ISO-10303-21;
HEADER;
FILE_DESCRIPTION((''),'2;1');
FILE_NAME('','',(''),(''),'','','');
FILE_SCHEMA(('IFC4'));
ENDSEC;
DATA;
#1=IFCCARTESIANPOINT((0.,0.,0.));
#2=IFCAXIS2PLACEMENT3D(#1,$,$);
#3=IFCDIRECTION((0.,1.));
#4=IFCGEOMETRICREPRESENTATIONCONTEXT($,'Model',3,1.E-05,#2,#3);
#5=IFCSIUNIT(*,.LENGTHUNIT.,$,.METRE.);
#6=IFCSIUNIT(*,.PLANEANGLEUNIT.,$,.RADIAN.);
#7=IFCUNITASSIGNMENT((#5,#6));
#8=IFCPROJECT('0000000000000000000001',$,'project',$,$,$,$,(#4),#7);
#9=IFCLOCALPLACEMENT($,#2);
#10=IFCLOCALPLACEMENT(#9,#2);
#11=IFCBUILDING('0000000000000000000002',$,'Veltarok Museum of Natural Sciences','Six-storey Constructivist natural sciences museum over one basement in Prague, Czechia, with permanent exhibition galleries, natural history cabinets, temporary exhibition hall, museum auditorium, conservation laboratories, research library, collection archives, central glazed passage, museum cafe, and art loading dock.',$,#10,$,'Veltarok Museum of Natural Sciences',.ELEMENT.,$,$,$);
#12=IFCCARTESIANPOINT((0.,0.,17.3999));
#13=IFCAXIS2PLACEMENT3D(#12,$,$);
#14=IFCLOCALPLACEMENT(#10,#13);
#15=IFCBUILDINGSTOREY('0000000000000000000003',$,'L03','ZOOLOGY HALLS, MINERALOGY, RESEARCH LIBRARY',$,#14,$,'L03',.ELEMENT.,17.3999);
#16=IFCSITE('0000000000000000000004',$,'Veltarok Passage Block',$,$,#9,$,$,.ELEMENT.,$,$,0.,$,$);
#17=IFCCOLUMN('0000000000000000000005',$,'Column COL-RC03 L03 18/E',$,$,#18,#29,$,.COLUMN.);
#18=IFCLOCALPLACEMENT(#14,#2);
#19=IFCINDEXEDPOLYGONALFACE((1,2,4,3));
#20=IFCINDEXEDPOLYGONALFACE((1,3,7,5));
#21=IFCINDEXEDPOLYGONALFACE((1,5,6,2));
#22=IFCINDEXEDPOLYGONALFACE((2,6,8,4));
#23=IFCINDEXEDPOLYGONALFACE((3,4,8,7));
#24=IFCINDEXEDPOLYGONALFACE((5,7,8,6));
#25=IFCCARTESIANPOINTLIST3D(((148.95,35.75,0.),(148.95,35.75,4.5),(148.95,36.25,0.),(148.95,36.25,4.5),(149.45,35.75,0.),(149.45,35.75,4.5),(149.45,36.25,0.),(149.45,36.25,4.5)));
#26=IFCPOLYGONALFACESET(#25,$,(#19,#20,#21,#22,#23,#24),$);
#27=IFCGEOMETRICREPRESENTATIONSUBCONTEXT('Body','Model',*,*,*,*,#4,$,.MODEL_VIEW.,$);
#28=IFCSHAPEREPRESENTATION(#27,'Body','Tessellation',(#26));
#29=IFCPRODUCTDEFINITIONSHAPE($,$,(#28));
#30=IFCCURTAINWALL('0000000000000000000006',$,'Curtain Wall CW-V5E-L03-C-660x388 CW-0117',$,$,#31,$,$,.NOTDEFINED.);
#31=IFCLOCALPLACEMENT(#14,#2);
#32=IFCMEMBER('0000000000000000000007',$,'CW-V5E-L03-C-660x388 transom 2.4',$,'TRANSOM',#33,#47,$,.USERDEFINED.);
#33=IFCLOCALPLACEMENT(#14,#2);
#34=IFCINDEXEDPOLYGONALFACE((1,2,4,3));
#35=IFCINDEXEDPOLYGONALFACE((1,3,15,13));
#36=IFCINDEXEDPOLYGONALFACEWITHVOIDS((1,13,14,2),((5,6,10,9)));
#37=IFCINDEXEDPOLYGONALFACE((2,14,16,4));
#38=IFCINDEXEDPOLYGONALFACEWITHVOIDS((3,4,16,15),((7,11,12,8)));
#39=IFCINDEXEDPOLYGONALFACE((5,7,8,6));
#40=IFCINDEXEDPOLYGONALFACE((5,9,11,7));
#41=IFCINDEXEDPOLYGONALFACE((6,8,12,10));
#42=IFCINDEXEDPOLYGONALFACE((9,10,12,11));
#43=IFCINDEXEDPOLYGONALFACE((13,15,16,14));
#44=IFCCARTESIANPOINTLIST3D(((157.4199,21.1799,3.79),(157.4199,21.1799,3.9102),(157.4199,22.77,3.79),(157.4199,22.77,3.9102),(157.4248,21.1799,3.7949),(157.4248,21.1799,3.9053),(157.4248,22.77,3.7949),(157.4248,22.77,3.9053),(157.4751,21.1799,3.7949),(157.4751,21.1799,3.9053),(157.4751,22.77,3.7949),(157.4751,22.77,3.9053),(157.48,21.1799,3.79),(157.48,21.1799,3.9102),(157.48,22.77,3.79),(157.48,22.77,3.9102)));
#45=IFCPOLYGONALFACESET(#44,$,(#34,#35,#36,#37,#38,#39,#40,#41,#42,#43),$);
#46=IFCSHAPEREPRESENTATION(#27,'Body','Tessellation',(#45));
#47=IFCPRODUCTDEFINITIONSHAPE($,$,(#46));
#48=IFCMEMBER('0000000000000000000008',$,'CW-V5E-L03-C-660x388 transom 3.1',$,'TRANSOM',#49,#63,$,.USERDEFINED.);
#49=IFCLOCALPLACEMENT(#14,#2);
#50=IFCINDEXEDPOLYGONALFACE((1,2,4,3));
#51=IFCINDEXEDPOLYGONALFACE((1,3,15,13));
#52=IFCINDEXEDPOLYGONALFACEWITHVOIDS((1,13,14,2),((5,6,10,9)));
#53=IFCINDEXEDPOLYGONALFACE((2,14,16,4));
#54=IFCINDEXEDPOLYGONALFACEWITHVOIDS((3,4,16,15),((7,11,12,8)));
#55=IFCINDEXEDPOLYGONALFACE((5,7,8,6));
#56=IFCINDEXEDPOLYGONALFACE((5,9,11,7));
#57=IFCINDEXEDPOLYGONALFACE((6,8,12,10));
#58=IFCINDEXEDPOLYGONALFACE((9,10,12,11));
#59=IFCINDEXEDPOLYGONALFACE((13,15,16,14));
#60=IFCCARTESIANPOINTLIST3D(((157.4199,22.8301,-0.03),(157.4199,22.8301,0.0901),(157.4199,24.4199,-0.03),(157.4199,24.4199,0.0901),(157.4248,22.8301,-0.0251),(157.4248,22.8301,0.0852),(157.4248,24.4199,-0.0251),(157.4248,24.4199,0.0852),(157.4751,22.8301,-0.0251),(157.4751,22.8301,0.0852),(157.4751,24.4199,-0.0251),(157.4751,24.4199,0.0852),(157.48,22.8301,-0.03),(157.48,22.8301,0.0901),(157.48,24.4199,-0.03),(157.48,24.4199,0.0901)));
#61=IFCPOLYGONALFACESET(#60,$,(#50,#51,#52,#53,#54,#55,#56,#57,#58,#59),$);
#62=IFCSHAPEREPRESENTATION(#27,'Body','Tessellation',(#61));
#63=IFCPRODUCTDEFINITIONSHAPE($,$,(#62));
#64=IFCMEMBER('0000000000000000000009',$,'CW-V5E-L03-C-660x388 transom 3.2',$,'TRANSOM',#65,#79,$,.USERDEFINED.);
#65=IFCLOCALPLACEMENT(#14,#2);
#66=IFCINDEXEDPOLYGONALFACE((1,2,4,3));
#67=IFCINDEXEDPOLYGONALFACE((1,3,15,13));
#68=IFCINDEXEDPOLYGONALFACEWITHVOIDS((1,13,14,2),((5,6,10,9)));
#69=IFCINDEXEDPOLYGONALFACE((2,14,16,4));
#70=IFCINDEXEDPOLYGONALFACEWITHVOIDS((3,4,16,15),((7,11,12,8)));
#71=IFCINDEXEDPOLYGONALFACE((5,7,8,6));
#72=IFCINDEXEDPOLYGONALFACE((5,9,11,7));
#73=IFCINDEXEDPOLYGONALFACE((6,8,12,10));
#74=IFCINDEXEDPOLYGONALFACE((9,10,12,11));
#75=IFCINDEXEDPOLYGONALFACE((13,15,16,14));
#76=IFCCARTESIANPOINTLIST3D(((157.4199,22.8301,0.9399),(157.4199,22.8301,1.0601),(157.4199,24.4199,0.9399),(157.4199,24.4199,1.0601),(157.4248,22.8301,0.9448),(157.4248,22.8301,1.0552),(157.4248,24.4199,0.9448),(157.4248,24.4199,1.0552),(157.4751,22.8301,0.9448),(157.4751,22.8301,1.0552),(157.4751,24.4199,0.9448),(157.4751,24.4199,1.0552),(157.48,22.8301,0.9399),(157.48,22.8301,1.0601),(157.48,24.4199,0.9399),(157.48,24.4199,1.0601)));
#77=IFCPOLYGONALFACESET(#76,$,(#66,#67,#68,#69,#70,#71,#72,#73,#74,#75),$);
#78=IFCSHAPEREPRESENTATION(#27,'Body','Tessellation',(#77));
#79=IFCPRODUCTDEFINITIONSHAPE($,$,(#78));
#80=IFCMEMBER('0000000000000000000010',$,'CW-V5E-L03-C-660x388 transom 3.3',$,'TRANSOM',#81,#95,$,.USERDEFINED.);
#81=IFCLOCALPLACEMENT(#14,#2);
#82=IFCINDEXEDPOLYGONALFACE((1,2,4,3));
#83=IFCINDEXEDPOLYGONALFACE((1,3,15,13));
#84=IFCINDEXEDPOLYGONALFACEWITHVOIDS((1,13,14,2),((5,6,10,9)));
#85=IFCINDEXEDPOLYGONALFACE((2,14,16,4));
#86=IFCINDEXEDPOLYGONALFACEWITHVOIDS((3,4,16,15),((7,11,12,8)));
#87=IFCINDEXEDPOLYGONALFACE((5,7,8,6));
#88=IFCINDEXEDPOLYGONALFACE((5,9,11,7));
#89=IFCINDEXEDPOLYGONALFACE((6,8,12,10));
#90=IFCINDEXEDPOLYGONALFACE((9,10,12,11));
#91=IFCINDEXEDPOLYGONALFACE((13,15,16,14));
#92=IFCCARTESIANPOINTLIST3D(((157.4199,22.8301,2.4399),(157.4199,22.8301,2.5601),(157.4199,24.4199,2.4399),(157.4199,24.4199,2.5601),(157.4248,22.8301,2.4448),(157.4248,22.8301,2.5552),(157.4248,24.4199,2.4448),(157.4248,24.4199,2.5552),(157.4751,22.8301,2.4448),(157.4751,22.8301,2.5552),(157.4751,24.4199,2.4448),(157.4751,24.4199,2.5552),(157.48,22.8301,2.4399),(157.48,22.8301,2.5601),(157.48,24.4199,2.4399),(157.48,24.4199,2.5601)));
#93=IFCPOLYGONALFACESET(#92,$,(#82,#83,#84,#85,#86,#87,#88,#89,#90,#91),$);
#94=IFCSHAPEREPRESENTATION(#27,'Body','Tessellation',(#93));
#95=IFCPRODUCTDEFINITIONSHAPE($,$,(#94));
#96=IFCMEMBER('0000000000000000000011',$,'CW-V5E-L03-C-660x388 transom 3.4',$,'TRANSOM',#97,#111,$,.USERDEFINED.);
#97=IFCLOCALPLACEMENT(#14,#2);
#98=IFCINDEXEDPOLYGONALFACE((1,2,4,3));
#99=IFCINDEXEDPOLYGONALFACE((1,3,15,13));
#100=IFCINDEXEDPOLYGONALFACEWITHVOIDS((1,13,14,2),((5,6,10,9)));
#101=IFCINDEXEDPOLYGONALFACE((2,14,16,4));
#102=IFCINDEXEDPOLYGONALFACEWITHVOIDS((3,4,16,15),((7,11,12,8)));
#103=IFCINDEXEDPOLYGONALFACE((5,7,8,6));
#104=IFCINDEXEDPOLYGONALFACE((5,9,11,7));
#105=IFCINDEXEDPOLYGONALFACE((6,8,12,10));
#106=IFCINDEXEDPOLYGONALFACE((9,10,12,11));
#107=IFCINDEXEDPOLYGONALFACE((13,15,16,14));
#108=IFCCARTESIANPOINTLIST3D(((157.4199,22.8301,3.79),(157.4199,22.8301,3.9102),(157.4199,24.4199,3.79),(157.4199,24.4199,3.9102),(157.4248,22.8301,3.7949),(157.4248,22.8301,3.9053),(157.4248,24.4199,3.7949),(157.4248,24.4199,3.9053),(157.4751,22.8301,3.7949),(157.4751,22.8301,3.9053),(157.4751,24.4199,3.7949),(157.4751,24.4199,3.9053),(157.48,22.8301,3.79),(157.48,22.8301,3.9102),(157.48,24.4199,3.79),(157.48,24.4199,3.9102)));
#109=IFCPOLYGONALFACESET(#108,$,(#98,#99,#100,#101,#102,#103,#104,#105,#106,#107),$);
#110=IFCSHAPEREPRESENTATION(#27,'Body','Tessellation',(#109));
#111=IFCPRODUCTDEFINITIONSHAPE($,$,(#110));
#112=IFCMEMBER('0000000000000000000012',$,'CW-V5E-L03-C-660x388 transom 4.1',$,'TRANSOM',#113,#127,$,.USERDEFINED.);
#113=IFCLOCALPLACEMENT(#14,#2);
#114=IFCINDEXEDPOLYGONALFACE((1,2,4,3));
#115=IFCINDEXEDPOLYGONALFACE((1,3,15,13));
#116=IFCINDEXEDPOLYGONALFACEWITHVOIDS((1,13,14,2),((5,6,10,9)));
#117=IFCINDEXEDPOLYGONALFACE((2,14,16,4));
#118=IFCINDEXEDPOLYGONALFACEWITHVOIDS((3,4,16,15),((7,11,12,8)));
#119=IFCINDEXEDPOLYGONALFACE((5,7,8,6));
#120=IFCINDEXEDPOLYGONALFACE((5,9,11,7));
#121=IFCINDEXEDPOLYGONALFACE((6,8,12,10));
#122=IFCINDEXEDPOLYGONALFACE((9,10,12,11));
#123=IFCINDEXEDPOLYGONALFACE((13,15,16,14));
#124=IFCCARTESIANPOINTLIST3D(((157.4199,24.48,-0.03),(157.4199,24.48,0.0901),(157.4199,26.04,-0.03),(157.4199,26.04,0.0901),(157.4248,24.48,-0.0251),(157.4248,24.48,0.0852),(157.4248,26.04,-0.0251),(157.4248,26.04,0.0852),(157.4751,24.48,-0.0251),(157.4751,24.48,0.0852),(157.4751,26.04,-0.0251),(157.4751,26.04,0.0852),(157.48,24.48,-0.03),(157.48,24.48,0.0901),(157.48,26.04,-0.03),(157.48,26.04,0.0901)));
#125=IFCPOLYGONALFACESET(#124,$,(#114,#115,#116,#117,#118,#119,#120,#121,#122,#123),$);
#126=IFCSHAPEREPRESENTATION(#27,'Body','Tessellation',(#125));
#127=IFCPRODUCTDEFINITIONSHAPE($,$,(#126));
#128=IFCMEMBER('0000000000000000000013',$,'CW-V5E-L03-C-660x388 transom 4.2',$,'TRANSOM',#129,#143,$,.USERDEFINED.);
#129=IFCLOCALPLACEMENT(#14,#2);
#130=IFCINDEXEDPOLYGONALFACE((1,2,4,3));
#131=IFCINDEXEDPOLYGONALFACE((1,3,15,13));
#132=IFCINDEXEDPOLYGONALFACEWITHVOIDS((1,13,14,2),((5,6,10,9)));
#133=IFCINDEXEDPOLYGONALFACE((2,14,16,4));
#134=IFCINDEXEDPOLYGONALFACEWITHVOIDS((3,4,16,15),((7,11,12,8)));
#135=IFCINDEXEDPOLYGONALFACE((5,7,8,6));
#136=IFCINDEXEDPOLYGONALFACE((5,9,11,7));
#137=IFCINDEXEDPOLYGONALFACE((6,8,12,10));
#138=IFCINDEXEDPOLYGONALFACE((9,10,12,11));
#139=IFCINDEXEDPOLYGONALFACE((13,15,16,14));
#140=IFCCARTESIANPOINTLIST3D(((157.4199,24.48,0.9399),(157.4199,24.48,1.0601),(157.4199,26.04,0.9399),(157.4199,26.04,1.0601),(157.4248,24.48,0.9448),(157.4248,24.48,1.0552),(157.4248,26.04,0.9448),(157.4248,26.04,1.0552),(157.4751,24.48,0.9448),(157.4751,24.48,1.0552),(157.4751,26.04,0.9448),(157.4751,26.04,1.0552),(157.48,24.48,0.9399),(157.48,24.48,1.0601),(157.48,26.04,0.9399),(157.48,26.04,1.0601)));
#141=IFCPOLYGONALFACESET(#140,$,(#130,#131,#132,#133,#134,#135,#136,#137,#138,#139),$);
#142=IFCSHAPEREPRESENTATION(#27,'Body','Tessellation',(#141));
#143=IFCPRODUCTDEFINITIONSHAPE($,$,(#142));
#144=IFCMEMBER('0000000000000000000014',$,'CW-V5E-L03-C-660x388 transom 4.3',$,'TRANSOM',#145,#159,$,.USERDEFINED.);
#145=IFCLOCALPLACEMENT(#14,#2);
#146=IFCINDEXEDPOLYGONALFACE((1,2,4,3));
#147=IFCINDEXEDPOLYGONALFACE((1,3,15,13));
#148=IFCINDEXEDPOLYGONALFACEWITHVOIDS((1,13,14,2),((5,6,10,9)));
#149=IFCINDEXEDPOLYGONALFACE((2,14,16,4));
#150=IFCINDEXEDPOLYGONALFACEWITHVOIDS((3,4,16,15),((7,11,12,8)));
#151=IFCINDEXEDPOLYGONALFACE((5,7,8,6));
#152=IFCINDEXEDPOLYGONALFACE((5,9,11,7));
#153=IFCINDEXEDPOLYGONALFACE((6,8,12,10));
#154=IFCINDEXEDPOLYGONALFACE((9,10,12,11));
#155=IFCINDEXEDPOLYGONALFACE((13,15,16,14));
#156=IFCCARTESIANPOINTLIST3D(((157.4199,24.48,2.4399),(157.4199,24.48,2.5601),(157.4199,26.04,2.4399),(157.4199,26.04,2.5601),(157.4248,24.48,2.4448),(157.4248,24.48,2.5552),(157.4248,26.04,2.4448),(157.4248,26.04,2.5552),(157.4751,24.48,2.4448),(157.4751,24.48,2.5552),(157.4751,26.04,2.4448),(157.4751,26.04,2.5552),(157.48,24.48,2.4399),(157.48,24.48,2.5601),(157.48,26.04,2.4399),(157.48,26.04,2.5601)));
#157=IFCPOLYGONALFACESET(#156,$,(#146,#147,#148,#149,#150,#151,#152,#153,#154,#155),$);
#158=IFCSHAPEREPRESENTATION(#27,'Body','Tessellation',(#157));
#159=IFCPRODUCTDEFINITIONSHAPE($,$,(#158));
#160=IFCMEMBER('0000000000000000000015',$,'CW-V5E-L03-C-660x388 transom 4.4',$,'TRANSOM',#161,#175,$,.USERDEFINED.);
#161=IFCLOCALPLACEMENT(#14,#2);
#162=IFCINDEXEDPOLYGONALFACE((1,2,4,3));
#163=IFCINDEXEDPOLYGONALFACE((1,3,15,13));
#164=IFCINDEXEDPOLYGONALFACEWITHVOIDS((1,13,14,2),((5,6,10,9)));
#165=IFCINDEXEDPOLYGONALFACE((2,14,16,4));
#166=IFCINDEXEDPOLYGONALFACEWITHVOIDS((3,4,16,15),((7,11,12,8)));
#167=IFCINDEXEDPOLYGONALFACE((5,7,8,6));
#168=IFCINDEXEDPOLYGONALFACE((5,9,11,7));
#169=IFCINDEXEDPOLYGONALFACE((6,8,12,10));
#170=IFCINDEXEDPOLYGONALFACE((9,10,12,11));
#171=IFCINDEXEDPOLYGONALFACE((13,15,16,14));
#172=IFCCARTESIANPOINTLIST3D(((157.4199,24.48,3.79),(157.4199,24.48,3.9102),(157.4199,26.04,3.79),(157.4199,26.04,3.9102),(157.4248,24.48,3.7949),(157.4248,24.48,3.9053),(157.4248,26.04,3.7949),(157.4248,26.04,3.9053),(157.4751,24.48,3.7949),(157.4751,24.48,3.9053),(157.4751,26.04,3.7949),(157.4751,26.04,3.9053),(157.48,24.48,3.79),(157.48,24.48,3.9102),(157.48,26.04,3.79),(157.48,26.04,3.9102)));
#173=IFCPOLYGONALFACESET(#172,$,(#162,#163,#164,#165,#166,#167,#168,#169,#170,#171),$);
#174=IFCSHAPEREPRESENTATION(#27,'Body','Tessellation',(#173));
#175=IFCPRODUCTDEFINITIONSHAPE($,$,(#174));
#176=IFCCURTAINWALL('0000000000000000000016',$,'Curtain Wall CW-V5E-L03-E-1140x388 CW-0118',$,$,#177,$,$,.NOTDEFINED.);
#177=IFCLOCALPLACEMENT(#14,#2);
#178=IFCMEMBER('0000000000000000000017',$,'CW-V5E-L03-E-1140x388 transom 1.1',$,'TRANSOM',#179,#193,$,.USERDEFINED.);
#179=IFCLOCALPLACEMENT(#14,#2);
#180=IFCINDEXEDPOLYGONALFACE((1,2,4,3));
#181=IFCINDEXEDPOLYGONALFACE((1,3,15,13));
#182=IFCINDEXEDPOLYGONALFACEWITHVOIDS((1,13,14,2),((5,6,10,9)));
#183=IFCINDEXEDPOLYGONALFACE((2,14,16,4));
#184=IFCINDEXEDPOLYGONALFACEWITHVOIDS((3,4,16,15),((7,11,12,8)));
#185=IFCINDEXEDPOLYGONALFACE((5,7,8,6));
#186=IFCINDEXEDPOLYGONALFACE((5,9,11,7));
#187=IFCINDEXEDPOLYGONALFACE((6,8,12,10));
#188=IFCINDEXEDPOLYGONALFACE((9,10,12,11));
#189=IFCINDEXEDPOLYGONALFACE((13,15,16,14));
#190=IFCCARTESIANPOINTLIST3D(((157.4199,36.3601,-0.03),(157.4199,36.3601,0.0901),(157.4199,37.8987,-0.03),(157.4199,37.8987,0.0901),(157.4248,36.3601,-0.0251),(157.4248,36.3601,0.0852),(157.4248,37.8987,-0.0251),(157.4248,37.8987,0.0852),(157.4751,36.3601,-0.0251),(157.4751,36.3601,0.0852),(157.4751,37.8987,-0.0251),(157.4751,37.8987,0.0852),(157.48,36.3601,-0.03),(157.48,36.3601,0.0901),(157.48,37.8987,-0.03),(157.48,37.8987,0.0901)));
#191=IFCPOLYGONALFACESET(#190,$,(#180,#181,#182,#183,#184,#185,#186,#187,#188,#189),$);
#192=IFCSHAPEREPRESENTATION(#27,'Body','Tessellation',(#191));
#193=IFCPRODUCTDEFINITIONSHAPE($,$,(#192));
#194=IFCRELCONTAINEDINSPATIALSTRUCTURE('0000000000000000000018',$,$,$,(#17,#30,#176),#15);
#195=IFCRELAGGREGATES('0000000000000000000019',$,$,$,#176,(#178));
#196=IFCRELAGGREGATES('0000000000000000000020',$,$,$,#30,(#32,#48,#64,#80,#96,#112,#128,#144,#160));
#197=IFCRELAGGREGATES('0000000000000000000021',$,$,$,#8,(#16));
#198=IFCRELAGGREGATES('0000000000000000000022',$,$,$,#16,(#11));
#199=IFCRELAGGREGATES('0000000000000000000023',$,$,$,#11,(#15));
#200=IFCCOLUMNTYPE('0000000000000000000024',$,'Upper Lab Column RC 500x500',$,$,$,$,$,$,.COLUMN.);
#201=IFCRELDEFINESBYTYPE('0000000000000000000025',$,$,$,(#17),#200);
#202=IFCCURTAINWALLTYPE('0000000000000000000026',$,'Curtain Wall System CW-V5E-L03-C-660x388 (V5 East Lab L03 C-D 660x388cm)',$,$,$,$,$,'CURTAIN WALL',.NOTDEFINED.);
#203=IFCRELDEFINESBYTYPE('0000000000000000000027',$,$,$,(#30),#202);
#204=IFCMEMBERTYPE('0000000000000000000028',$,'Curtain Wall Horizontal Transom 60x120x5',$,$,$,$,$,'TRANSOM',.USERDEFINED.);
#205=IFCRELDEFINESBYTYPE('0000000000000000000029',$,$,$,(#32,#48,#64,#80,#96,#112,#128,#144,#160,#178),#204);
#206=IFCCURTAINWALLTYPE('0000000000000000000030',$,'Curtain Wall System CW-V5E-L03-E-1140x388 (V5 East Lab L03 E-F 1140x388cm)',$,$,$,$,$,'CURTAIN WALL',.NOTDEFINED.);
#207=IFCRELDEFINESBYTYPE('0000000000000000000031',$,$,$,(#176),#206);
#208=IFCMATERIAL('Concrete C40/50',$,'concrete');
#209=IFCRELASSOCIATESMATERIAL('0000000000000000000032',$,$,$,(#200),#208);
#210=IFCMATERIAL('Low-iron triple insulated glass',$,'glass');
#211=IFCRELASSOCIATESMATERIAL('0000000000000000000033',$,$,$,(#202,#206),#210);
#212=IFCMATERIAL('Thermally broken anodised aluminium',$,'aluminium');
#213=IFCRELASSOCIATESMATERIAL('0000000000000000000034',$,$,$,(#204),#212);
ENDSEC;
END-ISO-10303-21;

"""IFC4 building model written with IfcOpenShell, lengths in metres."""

from ifc_helpers import new_model, si_unit, direction, frame, origin, origin_2d, place, context, subcontext, project, spatial, rectangle, hollow_rectangle, extrude, material, material_profile, profile_set, type_object, element, aggregate, save


model = new_model("IFC4")

# Units and contexts
model_context = context("Model", 3, precision=1e-05, world=origin(), true_north=direction((0.0, 1.0)))
body_context = subcontext(model_context, "Body", "Model", "MODEL_VIEW")
ifc_project = project(units=[si_unit("LENGTHUNIT", "METRE"), si_unit("PLANEANGLEUNIT", "RADIAN")], contexts=[model_context])

# Site, building, storey
site_placement = place(None, origin())
site = spatial("IfcSite", under=ifc_project, at=site_placement, Name="Veltarok Passage Block", CompositionType="ELEMENT", RefElevation=0.0)
building_placement = place(site_placement, origin())
building = spatial("IfcBuilding", under=site, at=building_placement, Name="Veltarok Museum of Natural Sciences", Description="Six-storey Constructivist natural sciences museum over one basement in Prague, Czechia, with permanent exhibition galleries, natural history cabinets, temporary exhibition hall, museum auditorium, conservation laboratories, research library, collection archives, central glazed passage, museum cafe, and art loading dock.", LongName="Veltarok Museum of Natural Sciences", CompositionType="ELEMENT")
storey_placement = place(building_placement, frame((0.0, 0.0, 17.3999)))
storey = spatial("IfcBuildingStorey", under=building, at=storey_placement, Name="L03", Description="ZOOLOGY HALLS, MINERALOGY, RESEARCH LIBRARY", LongName="L03", CompositionType="ELEMENT", Elevation=17.3999)

# Column
ifc_material_1 = material(Name="Concrete C40/50", Category="concrete")
ifc_material_profile_1 = material_profile(ifc_material_1, rectangle(XDim=0.5, YDim=0.5, at=origin_2d()), Name="RC 500x500")
ifc_profile_set_1 = profile_set([ifc_material_profile_1], Name="Concrete C40/50")
column_type = type_object("IfcColumnType", Name="Upper Lab Column RC 500x500", PredefinedType="COLUMN", material=ifc_profile_set_1)
column_placement = place(storey_placement, frame((149.2, 36.0, 0.0), z_axis=(0.0, 0.0, 1.0), x_axis=(1.0, 0.0, 0.0)))
element("IfcColumn", 1, at=column_placement, inside=storey, type_object=column_type, Name="Column COL-RC03 L03 18/E", PredefinedType="COLUMN", context=body_context, shape_type="SweptSolid", body=[
    extrude(rectangle(XDim=0.5, YDim=0.5, at=origin_2d()), origin(), (0.0, 0.0, 1.0), 4.5),
])

# Curtain walls, members
ifc_material_2 = material(Name="Low-iron triple insulated glass", Category="glass")
curtain_wall_type_1 = type_object("IfcCurtainWallType", Name="Curtain Wall System CW-V5E-L03-C-660x388 (V5 East Lab L03 C-D 660x388cm)", ElementType="CURTAIN WALL", PredefinedType="NOTDEFINED", material=ifc_material_2)
curtain_wall_1_placement = place(storey_placement, origin())
curtain_wall_1 = element("IfcCurtainWall", 2, at=curtain_wall_1_placement, inside=storey, type_object=curtain_wall_type_1, Name="Curtain Wall CW-V5E-L03-C-660x388 CW-0117", PredefinedType="NOTDEFINED")
ifc_material_3 = material(Name="Thermally broken anodised aluminium", Category="aluminium")
ifc_material_profile_2 = material_profile(ifc_material_3, hollow_rectangle(XDim=0.0601, YDim=0.1201, WallThickness=0.0049, at=origin_2d()), Name="CW TRANSOM 60x120x5")
ifc_profile_set_2 = profile_set([ifc_material_profile_2], Name="Thermally broken anodised aluminium")
member_type_1 = type_object("IfcMemberType", Name="Curtain Wall Horizontal Transom 60x120x5", ElementType="TRANSOM", PredefinedType="USERDEFINED", material=ifc_profile_set_2)
member_1_placement = place(storey_placement, frame((157.45, 21.1799, 3.8501), z_axis=(0.0, 1.0, 0.0), x_axis=(-1.0, 0.0, 0.0)))
member_1 = element("IfcMember", 3, at=member_1_placement, type_object=member_type_1, Name="CW-V5E-L03-C-660x388 transom 2.4", ObjectType="TRANSOM", PredefinedType="USERDEFINED", context=body_context, shape_type="SweptSolid", body=[
    extrude(hollow_rectangle(XDim=0.0601, YDim=0.1201, WallThickness=0.0049, at=origin_2d()), origin(), (0.0, 0.0, 1.0), 1.5901),
])
member_2_placement = place(storey_placement, frame((157.45, 22.8301, 0.03), z_axis=(0.0, 1.0, 0.0), x_axis=(-1.0, 0.0, 0.0)))
member_2 = element("IfcMember", 4, at=member_2_placement, type_object=member_type_1, Name="CW-V5E-L03-C-660x388 transom 3.1", ObjectType="TRANSOM", PredefinedType="USERDEFINED", context=body_context, shape_type="SweptSolid", body=[
    extrude(hollow_rectangle(XDim=0.0601, YDim=0.1201, WallThickness=0.0049, at=origin_2d()), origin(), (0.0, 0.0, 1.0), 1.5898),
])
member_3_placement = place(storey_placement, frame((157.45, 22.8301, 1.0), z_axis=(0.0, 1.0, 0.0), x_axis=(-1.0, 0.0, 0.0)))
member_3 = element("IfcMember", 5, at=member_3_placement, type_object=member_type_1, Name="CW-V5E-L03-C-660x388 transom 3.2", ObjectType="TRANSOM", PredefinedType="USERDEFINED", context=body_context, shape_type="SweptSolid", body=[
    extrude(hollow_rectangle(XDim=0.0601, YDim=0.1201, WallThickness=0.0049, at=origin_2d()), origin(), (0.0, 0.0, 1.0), 1.5898),
])
member_4_placement = place(storey_placement, frame((157.45, 22.8301, 2.5), z_axis=(0.0, 1.0, 0.0), x_axis=(-1.0, 0.0, 0.0)))
member_4 = element("IfcMember", 6, at=member_4_placement, type_object=member_type_1, Name="CW-V5E-L03-C-660x388 transom 3.3", ObjectType="TRANSOM", PredefinedType="USERDEFINED", context=body_context, shape_type="SweptSolid", body=[
    extrude(hollow_rectangle(XDim=0.0601, YDim=0.1201, WallThickness=0.0049, at=origin_2d()), origin(), (0.0, 0.0, 1.0), 1.5898),
])
member_5_placement = place(storey_placement, frame((157.45, 22.8301, 3.8501), z_axis=(0.0, 1.0, 0.0), x_axis=(-1.0, 0.0, 0.0)))
member_5 = element("IfcMember", 7, at=member_5_placement, type_object=member_type_1, Name="CW-V5E-L03-C-660x388 transom 3.4", ObjectType="TRANSOM", PredefinedType="USERDEFINED", context=body_context, shape_type="SweptSolid", body=[
    extrude(hollow_rectangle(XDim=0.0601, YDim=0.1201, WallThickness=0.0049, at=origin_2d()), origin(), (0.0, 0.0, 1.0), 1.5898),
])
member_6_placement = place(storey_placement, frame((157.45, 24.48, 0.03), z_axis=(0.0, 1.0, 0.0), x_axis=(-1.0, 0.0, 0.0)))
member_6 = element("IfcMember", 8, at=member_6_placement, type_object=member_type_1, Name="CW-V5E-L03-C-660x388 transom 4.1", ObjectType="TRANSOM", PredefinedType="USERDEFINED", context=body_context, shape_type="SweptSolid", body=[
    extrude(hollow_rectangle(XDim=0.0601, YDim=0.1201, WallThickness=0.0049, at=origin_2d()), origin(), (0.0, 0.0, 1.0), 1.5601),
])
member_7_placement = place(storey_placement, frame((157.45, 24.48, 1.0), z_axis=(0.0, 1.0, 0.0), x_axis=(-1.0, 0.0, 0.0)))
member_7 = element("IfcMember", 9, at=member_7_placement, type_object=member_type_1, Name="CW-V5E-L03-C-660x388 transom 4.2", ObjectType="TRANSOM", PredefinedType="USERDEFINED", context=body_context, shape_type="SweptSolid", body=[
    extrude(hollow_rectangle(XDim=0.0601, YDim=0.1201, WallThickness=0.0049, at=origin_2d()), origin(), (0.0, 0.0, 1.0), 1.5601),
])
member_8_placement = place(storey_placement, frame((157.45, 24.48, 2.5), z_axis=(0.0, 1.0, 0.0), x_axis=(-1.0, 0.0, 0.0)))
member_8 = element("IfcMember", 10, at=member_8_placement, type_object=member_type_1, Name="CW-V5E-L03-C-660x388 transom 4.3", ObjectType="TRANSOM", PredefinedType="USERDEFINED", context=body_context, shape_type="SweptSolid", body=[
    extrude(hollow_rectangle(XDim=0.0601, YDim=0.1201, WallThickness=0.0049, at=origin_2d()), origin(), (0.0, 0.0, 1.0), 1.5601),
])
member_9_placement = place(storey_placement, frame((157.45, 24.48, 3.8501), z_axis=(0.0, 1.0, 0.0), x_axis=(-1.0, 0.0, 0.0)))
member_9 = element("IfcMember", 11, at=member_9_placement, type_object=member_type_1, Name="CW-V5E-L03-C-660x388 transom 4.4", ObjectType="TRANSOM", PredefinedType="USERDEFINED", context=body_context, shape_type="SweptSolid", body=[
    extrude(hollow_rectangle(XDim=0.0601, YDim=0.1201, WallThickness=0.0049, at=origin_2d()), origin(), (0.0, 0.0, 1.0), 1.5601),
])
curtain_wall_type_2 = type_object("IfcCurtainWallType", Name="Curtain Wall System CW-V5E-L03-E-1140x388 (V5 East Lab L03 E-F 1140x388cm)", ElementType="CURTAIN WALL", PredefinedType="NOTDEFINED", material=ifc_material_2)
curtain_wall_2_placement = place(storey_placement, origin())
curtain_wall_2 = element("IfcCurtainWall", 12, at=curtain_wall_2_placement, inside=storey, type_object=curtain_wall_type_2, Name="Curtain Wall CW-V5E-L03-E-1140x388 CW-0118", PredefinedType="NOTDEFINED")
member_10_placement = place(storey_placement, frame((157.45, 36.3601, 0.03), z_axis=(0.0, 1.0, 0.0), x_axis=(-1.0, 0.0, 0.0)))
member_10 = element("IfcMember", 13, at=member_10_placement, type_object=member_type_1, Name="CW-V5E-L03-E-1140x388 transom 1.1", ObjectType="TRANSOM", PredefinedType="USERDEFINED", context=body_context, shape_type="SweptSolid", body=[
    extrude(hollow_rectangle(XDim=0.0601, YDim=0.1201, WallThickness=0.0049, at=origin_2d()), origin(), (0.0, 0.0, 1.0), 1.5386),
])

aggregate(curtain_wall_2, [member_10])

aggregate(curtain_wall_1, [member_1, member_2, member_3, member_4, member_5, member_6, member_7, member_8, member_9])

save(model, "model.ifc")
